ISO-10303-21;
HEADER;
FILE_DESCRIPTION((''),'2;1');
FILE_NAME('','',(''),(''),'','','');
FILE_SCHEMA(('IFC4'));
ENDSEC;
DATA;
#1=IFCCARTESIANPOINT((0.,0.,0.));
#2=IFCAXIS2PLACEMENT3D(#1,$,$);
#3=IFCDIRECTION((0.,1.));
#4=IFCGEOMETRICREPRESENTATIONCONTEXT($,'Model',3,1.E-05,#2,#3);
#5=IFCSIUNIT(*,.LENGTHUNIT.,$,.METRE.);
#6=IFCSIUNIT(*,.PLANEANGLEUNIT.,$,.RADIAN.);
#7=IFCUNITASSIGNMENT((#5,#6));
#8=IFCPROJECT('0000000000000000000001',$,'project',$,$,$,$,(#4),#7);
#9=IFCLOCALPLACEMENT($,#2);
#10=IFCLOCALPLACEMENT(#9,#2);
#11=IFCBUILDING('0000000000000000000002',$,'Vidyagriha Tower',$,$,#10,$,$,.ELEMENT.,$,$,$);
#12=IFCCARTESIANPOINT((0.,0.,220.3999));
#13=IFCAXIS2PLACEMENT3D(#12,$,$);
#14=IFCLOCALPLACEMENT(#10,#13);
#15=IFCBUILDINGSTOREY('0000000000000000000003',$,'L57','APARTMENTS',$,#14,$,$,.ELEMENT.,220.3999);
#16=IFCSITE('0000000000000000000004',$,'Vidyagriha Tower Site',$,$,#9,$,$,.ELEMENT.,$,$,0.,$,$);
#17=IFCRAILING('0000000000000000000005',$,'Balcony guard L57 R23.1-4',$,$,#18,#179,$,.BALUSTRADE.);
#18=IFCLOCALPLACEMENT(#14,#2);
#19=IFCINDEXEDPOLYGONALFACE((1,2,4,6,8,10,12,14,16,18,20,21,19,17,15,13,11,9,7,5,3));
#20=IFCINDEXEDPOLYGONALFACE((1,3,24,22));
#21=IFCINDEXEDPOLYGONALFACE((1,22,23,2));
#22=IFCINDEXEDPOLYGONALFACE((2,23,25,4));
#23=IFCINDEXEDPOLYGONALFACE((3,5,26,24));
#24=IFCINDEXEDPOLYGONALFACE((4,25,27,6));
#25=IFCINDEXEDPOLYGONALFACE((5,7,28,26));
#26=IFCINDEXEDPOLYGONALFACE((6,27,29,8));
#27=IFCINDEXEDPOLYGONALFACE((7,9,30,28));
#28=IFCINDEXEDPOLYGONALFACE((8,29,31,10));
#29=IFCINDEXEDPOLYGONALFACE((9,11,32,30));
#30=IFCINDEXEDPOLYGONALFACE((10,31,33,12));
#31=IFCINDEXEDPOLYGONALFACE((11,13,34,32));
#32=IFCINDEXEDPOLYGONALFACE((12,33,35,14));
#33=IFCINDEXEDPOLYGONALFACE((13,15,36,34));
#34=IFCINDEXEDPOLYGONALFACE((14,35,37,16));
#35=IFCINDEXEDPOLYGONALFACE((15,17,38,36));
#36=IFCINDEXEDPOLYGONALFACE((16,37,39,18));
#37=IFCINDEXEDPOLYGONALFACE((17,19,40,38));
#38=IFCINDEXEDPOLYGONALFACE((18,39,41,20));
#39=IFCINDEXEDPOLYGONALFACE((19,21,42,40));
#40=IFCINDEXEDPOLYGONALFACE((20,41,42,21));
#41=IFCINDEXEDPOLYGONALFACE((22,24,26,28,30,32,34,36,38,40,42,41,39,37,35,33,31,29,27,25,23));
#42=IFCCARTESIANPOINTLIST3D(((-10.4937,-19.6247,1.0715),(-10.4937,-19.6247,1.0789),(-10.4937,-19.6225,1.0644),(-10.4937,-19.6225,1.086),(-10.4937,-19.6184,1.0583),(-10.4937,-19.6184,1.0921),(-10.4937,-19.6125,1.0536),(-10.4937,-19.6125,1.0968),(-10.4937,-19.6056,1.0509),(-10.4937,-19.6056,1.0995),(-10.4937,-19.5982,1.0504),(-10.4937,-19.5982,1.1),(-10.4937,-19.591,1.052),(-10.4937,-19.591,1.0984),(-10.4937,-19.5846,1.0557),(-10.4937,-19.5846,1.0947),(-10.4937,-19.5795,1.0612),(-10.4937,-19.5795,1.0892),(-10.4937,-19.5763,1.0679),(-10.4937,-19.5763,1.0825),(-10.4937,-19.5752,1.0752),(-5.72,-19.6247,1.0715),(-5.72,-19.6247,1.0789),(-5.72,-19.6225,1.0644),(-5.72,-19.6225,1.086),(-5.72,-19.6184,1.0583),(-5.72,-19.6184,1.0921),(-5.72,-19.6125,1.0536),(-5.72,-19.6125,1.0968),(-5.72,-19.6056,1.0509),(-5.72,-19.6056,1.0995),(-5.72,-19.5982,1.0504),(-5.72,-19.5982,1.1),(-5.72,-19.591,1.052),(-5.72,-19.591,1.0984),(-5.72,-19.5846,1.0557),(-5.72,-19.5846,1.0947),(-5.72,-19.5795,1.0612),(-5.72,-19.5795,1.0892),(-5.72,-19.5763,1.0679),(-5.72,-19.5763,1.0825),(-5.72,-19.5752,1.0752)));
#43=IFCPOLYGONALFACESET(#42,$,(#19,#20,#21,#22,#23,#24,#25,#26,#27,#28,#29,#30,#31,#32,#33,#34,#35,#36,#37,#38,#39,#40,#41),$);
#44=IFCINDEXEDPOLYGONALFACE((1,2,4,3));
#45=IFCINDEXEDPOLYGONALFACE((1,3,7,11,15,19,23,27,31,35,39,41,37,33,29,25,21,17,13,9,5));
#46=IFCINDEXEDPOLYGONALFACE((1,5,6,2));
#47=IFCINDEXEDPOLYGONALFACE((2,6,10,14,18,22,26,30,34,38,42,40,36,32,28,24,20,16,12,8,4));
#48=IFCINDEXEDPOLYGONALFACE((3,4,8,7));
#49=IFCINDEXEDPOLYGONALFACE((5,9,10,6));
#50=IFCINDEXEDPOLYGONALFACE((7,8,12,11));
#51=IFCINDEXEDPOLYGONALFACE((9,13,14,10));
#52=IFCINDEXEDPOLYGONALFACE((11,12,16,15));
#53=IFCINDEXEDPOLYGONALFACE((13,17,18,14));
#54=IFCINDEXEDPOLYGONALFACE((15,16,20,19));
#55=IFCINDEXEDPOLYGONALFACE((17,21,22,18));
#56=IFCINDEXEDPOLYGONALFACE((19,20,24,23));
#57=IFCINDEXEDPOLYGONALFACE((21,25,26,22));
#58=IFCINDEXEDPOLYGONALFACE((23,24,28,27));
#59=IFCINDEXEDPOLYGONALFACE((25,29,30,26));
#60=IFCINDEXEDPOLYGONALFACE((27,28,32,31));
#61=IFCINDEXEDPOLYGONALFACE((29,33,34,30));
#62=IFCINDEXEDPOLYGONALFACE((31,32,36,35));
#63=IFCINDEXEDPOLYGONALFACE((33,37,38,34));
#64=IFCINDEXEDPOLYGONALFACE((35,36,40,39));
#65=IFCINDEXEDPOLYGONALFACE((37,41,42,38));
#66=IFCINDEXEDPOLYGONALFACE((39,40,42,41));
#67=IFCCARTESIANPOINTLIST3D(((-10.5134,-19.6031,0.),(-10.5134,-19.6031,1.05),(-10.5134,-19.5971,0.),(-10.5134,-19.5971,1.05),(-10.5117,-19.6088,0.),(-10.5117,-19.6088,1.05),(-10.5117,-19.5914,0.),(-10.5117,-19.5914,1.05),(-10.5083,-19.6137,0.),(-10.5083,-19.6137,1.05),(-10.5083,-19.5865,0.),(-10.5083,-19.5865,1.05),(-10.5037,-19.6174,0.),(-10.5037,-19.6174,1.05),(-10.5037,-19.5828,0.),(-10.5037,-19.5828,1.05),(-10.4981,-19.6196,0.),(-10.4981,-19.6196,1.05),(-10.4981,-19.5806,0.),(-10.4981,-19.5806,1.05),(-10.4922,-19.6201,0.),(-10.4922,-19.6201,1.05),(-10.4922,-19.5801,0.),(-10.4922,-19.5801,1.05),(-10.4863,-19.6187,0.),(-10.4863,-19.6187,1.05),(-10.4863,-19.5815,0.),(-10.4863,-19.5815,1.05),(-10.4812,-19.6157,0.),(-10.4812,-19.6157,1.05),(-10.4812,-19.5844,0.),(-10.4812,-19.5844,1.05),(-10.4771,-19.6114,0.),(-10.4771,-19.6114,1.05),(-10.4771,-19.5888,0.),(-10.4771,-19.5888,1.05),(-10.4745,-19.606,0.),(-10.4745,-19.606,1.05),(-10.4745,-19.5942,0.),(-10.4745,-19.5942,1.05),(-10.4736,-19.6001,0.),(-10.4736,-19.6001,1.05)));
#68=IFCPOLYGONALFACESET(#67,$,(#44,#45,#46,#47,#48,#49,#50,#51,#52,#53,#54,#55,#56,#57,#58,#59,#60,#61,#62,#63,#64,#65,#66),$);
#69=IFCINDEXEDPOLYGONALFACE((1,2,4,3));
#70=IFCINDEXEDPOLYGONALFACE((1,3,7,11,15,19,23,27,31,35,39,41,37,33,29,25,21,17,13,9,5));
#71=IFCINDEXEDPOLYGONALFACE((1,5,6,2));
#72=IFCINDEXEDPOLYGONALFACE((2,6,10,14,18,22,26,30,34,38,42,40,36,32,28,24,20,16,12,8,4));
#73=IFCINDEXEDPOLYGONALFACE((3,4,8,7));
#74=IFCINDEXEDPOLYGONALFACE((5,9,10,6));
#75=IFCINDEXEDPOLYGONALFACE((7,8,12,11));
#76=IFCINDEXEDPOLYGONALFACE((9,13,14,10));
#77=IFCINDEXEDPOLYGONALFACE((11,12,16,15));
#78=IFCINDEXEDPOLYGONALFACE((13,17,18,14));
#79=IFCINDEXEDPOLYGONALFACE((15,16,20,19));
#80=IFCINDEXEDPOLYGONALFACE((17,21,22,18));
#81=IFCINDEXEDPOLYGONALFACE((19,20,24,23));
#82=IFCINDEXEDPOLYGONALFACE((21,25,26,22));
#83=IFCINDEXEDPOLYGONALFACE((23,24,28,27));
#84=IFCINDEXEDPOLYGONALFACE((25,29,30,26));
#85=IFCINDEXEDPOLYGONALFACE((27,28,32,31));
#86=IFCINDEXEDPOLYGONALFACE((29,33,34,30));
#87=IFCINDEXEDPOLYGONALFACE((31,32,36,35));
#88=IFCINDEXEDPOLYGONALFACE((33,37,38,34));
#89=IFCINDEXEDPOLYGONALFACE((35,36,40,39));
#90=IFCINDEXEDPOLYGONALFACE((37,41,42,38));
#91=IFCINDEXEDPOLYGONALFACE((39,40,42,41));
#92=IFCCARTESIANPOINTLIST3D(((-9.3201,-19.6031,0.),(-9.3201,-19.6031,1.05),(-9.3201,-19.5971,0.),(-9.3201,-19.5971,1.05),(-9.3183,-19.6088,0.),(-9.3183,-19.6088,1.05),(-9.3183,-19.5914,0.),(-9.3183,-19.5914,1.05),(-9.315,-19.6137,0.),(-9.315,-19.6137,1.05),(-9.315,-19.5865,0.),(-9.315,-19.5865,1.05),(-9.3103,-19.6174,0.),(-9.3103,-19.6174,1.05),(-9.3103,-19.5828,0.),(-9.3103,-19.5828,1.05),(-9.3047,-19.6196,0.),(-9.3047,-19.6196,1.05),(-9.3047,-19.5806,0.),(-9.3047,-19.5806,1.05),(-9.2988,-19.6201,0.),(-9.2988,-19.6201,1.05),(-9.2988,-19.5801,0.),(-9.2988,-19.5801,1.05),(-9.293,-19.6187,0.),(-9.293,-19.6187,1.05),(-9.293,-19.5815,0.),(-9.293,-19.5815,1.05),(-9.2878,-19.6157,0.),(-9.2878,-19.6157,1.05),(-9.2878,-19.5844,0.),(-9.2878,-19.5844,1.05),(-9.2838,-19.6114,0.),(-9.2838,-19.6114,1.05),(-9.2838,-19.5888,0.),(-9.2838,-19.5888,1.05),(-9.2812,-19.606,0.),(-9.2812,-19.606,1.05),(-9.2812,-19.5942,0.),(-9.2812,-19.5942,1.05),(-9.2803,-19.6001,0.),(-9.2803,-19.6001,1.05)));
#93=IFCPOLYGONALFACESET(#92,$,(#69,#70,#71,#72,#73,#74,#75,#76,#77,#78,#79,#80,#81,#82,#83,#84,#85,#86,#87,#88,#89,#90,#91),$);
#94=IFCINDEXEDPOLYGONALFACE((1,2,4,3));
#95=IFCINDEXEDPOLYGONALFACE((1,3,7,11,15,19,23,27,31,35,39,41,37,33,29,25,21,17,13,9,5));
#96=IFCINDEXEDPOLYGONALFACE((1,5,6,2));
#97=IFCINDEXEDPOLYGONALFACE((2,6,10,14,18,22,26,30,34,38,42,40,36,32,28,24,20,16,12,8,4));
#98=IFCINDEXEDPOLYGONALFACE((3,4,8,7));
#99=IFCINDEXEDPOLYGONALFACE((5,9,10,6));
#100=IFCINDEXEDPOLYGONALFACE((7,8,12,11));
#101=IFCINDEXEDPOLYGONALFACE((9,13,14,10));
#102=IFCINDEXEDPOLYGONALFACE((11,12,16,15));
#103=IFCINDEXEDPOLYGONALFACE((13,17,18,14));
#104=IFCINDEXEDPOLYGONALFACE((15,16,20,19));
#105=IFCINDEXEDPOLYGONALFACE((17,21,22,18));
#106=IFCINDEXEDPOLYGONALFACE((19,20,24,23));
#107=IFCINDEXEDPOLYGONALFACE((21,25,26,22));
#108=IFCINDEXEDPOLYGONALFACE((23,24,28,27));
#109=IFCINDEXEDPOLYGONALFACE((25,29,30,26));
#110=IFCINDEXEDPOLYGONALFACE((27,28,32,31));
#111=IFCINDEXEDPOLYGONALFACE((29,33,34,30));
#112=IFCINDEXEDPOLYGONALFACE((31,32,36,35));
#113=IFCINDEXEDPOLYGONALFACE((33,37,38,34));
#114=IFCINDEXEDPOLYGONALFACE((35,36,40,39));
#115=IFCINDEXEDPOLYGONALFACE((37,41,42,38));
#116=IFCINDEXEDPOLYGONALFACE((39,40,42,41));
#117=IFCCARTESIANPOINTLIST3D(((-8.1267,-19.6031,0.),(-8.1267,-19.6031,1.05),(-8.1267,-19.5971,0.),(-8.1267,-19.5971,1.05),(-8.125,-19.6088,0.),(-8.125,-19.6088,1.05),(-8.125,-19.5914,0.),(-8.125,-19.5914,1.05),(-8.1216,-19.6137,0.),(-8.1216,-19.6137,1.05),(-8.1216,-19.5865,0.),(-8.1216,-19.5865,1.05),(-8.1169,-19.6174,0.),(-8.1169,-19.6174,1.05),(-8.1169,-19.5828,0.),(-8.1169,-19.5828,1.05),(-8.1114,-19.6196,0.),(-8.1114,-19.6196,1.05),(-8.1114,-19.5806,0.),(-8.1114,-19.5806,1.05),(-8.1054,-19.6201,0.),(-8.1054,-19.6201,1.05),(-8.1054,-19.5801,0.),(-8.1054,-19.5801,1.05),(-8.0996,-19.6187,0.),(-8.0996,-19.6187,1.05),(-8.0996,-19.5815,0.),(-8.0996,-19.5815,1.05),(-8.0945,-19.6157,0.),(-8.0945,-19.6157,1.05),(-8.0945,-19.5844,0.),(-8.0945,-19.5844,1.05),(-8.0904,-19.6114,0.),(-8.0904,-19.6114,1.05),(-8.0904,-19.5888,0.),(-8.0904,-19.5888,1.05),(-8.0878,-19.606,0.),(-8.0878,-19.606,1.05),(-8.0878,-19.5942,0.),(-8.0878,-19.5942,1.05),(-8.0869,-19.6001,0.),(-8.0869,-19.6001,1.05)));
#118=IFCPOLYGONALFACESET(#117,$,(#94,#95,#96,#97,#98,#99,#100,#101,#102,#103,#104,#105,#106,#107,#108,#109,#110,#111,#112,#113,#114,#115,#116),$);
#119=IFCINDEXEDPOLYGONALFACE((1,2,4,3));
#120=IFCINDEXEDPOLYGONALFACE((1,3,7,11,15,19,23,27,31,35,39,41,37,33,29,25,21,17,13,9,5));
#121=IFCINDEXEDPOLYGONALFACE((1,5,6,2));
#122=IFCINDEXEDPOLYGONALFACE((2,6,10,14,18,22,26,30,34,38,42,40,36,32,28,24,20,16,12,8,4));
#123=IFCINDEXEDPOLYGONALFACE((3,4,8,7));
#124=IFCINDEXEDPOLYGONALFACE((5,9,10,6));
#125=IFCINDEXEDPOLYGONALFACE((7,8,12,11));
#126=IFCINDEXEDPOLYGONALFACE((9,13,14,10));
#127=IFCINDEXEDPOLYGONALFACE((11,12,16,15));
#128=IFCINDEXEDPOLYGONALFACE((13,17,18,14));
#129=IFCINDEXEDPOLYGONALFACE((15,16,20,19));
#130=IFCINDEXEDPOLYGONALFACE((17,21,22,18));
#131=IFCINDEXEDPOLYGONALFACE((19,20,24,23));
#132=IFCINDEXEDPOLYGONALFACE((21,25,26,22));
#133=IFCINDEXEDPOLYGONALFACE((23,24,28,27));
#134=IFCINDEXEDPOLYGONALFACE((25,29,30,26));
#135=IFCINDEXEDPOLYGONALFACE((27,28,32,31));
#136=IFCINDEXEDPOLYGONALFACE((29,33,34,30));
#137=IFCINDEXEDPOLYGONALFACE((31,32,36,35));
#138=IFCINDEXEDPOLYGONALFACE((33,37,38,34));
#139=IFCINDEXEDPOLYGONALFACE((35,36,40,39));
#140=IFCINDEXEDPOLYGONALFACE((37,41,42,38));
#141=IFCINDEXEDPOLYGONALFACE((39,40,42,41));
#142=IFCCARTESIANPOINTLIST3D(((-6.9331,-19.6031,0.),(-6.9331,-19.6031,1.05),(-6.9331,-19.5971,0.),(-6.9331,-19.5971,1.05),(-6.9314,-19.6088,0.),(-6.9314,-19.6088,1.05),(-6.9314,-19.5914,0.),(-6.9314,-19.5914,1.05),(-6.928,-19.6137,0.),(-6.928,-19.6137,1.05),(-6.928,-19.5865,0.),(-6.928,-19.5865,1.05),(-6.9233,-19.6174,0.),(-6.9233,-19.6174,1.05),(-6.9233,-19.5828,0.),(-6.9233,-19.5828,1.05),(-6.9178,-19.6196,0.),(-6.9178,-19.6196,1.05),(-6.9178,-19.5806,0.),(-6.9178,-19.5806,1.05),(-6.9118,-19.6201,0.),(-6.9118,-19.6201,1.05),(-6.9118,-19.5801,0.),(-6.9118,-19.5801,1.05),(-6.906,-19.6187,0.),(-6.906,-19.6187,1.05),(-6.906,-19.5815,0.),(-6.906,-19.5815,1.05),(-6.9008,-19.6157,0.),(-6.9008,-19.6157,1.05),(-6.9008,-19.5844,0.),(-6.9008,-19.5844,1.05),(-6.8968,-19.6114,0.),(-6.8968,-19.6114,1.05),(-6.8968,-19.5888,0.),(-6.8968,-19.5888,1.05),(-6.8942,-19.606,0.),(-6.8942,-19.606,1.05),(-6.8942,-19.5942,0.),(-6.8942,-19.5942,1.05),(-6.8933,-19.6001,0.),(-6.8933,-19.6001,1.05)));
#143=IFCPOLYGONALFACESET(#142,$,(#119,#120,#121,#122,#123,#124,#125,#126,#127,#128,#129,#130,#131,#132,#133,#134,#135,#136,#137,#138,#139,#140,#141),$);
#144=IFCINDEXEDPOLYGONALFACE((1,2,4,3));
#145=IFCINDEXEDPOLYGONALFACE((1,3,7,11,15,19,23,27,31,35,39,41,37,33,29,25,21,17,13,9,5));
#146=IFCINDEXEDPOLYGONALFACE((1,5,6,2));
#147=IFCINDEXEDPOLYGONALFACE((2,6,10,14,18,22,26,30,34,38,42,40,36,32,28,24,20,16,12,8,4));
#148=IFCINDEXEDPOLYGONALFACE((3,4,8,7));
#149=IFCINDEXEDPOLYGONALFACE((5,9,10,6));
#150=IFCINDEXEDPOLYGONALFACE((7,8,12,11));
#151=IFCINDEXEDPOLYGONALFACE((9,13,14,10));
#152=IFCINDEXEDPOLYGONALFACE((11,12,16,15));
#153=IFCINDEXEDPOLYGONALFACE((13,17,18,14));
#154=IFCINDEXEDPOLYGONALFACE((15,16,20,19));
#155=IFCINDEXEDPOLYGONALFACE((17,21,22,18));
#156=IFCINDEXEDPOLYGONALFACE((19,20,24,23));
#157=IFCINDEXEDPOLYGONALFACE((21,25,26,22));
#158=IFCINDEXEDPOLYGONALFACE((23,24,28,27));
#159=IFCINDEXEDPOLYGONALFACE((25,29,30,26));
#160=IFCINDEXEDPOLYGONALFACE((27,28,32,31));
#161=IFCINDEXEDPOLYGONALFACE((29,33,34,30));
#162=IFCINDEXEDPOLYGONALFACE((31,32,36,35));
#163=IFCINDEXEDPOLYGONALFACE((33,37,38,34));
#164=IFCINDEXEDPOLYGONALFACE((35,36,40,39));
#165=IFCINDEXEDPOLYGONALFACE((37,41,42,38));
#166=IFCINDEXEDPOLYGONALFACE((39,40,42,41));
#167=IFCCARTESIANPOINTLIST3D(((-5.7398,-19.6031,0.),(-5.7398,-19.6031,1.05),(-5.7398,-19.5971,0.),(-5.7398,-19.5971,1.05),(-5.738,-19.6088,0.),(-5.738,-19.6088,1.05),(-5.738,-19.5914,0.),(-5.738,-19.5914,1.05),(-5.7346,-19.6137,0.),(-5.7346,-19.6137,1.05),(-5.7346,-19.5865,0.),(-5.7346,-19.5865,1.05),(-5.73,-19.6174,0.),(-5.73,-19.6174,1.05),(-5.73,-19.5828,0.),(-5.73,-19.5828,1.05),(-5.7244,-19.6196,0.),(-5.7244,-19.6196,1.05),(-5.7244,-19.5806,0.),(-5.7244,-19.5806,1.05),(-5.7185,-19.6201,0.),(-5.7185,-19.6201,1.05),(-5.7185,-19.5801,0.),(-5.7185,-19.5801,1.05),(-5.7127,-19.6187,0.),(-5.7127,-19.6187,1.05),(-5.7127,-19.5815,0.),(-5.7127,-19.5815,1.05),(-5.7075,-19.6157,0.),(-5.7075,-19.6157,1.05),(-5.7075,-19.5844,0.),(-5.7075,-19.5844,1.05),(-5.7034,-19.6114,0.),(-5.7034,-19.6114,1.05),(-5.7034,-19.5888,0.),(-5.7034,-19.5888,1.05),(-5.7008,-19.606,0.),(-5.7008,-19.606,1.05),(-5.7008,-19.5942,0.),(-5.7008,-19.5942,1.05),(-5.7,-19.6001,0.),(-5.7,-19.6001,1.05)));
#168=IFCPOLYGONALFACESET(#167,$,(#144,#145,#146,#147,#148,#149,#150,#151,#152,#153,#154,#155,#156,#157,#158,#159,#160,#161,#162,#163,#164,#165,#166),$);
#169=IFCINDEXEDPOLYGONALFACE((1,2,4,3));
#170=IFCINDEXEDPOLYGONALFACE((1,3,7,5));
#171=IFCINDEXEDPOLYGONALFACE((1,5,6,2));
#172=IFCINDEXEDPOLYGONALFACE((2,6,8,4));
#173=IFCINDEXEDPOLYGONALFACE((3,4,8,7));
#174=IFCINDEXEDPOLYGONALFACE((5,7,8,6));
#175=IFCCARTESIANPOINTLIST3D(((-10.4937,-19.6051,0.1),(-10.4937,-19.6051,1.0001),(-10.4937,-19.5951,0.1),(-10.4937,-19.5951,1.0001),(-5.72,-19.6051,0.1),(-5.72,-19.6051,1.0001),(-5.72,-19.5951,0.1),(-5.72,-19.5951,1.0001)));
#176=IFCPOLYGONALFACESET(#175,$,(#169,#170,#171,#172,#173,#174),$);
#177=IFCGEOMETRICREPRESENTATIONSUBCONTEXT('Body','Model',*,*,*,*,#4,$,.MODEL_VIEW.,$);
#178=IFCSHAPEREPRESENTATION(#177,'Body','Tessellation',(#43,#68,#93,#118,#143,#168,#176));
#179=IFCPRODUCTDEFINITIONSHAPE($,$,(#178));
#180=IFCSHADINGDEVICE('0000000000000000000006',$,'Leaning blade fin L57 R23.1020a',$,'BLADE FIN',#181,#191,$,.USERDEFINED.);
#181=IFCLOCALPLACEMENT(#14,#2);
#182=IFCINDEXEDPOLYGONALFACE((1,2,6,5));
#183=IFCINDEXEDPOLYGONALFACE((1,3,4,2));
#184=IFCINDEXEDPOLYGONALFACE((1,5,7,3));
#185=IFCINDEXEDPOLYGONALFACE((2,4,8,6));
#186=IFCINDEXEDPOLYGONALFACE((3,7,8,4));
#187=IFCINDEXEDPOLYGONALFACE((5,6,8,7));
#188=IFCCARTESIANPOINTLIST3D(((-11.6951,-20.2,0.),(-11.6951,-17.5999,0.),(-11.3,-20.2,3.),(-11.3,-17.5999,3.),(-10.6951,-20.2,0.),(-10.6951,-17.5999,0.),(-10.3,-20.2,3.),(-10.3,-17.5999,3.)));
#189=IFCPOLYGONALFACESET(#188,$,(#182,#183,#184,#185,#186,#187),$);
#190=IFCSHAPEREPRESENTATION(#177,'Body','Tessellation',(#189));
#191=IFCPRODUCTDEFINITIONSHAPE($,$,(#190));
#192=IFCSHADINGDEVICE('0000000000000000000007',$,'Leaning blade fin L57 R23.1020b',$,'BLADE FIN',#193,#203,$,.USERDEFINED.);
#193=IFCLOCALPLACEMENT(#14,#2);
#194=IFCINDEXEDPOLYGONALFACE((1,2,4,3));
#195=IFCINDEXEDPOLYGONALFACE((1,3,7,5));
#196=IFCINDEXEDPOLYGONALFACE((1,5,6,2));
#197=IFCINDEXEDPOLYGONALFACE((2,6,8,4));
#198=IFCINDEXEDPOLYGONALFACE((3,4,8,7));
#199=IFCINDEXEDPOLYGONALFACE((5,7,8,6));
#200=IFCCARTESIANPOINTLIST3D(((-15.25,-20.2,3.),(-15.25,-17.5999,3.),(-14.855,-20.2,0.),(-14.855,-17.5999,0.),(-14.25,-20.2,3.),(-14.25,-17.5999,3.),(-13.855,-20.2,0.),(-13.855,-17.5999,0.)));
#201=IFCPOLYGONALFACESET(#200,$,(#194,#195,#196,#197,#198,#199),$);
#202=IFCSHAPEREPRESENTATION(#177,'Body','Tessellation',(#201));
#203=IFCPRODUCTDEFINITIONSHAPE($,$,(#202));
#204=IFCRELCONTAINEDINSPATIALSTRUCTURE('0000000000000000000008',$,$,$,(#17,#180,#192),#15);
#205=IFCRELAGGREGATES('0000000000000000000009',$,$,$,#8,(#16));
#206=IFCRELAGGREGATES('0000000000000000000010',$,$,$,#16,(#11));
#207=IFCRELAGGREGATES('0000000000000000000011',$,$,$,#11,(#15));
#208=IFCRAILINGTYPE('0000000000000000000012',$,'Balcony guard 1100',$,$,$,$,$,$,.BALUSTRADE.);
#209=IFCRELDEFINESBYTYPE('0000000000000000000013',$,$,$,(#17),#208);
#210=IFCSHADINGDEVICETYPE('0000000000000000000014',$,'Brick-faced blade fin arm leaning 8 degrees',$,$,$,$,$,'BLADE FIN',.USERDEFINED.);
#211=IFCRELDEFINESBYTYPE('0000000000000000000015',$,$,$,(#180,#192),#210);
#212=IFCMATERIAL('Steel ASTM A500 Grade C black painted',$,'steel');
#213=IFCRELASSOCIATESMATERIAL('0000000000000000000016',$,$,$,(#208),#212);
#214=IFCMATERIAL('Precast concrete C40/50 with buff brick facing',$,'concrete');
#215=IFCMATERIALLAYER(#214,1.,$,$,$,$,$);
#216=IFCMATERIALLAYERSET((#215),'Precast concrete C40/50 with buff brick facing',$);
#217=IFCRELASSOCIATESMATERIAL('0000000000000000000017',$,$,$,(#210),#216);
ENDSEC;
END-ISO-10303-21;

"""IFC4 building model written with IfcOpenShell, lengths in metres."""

from ifc_helpers import new_model, si_unit, direction, frame, origin, origin_2d, place, context, subcontext, project, spatial, polyline, rectangle, circle, outline, extrude, material, layer, layer_set, type_object, element, save


model = new_model("IFC4")

# Units and contexts
model_context = context("Model", 3, precision=1e-05, world=origin(), true_north=direction((0.0, 1.0)))
body_context = subcontext(model_context, "Body", "Model", "MODEL_VIEW")
ifc_project = project(units=[si_unit("LENGTHUNIT", "METRE"), si_unit("PLANEANGLEUNIT", "RADIAN")], contexts=[model_context])

# Site, building, storey
site_placement = place(None, origin())
site = spatial("IfcSite", under=ifc_project, at=site_placement, Name="Vidyagriha Tower Site", CompositionType="ELEMENT", RefElevation=0.0)
building_placement = place(site_placement, origin())
building = spatial("IfcBuilding", under=site, at=building_placement, Name="Vidyagriha Tower", CompositionType="ELEMENT")
storey_placement = place(building_placement, frame((0.0, 0.0, 220.3999)))
storey = spatial("IfcBuildingStorey", under=building, at=storey_placement, Name="L57", Description="APARTMENTS", CompositionType="ELEMENT", Elevation=220.3999)

# Railing
ifc_material_1 = material(Name="Steel ASTM A500 Grade C black painted", Category="steel")
railing_type = type_object("IfcRailingType", Name="Balcony guard 1100", PredefinedType="BALUSTRADE", material=ifc_material_1)
railing_1_placement = place(storey_placement, frame((-10.4937, -19.6001, 0.0)))
element("IfcRailing", 1, at=railing_1_placement, inside=storey, type_object=railing_type, Name="Balcony guard L57 R23.1-4", PredefinedType="BALUSTRADE", context=body_context, shape_type="SweptSolid", body=[
    extrude(circle(Radius=0.0249, at=origin_2d()), frame((0.0, 0.0, 1.0752), z_axis=(1.0, 0.0, 0.0), x_axis=(0.0, 1.0, 0.0)), (0.0, 0.0, 1.0), 4.7737),
    extrude(circle(Radius=0.02, at=origin_2d()), origin(), (0.0, 0.0, 1.0), 1.05),
    extrude(circle(Radius=0.02, at=origin_2d()), frame((1.1934, 0.0, 0.0)), (0.0, 0.0, 1.0), 1.05),
    extrude(circle(Radius=0.02, at=origin_2d()), frame((2.3867, 0.0, 0.0)), (0.0, 0.0, 1.0), 1.05),
    extrude(circle(Radius=0.02, at=origin_2d()), frame((3.5803, 0.0, 0.0)), (0.0, 0.0, 1.0), 1.05),
    extrude(circle(Radius=0.02, at=origin_2d()), frame((4.7737, 0.0, 0.0)), (0.0, 0.0, 1.0), 1.05),
    extrude(rectangle(XDim=0.01, YDim=0.9001, at=origin_2d()), frame((0.0, 0.0, 0.55), z_axis=(1.0, 0.0, 0.0), x_axis=(0.0, 1.0, 0.0)), (0.0, 0.0, 1.0), 4.7737),
])

# Shading devices
ifc_material_2 = material(Name="Precast concrete C40/50 with buff brick facing", Category="concrete")
ifc_layer_1 = layer(ifc_material_2, 1.0)
ifc_layer_set_1 = layer_set([ifc_layer_1], Name="Precast concrete C40/50 with buff brick facing")
shading_device_type_1 = type_object("IfcShadingDeviceType", Name="Brick-faced blade fin arm leaning 8 degrees", ElementType="BLADE FIN", PredefinedType="USERDEFINED", material=ifc_layer_set_1)
shading_device_1_placement = place(storey_placement, frame((-11.6951, -18.8999, 0.0)))
element("IfcShadingDevice", 2, at=shading_device_1_placement, inside=storey, type_object=shading_device_type_1, Name="Leaning blade fin L57 R23.1020a", ObjectType="BLADE FIN", PredefinedType="USERDEFINED", context=body_context, shape_type="SweptSolid", body=[
    extrude(outline(polyline([(0.0, 0.0), (1.0, 0.0), (1.395, 3.0), (0.395, 3.0), (0.0, 0.0)])), frame((0.0, 1.3, 0.0), z_axis=(0.0, -1.0, 0.0), x_axis=(1.0, 0.0, 0.0)), (0.0, 0.0, 1.0), 2.6001),
])
shading_device_2_placement = place(storey_placement, frame((-15.25, -18.8999, 0.0)))
element("IfcShadingDevice", 3, at=shading_device_2_placement, inside=storey, type_object=shading_device_type_1, Name="Leaning blade fin L57 R23.1020b", ObjectType="BLADE FIN", PredefinedType="USERDEFINED", context=body_context, shape_type="SweptSolid", body=[
    extrude(outline(polyline([(0.395, 0.0), (1.395, 0.0), (1.0, 3.0), (0.0, 3.0), (0.395, 0.0)])), frame((0.0, 1.3, 0.0), z_axis=(0.0, -1.0, 0.0), x_axis=(1.0, 0.0, 0.0)), (0.0, 0.0, 1.0), 2.6001),
])

save(model, "model.ifc")
